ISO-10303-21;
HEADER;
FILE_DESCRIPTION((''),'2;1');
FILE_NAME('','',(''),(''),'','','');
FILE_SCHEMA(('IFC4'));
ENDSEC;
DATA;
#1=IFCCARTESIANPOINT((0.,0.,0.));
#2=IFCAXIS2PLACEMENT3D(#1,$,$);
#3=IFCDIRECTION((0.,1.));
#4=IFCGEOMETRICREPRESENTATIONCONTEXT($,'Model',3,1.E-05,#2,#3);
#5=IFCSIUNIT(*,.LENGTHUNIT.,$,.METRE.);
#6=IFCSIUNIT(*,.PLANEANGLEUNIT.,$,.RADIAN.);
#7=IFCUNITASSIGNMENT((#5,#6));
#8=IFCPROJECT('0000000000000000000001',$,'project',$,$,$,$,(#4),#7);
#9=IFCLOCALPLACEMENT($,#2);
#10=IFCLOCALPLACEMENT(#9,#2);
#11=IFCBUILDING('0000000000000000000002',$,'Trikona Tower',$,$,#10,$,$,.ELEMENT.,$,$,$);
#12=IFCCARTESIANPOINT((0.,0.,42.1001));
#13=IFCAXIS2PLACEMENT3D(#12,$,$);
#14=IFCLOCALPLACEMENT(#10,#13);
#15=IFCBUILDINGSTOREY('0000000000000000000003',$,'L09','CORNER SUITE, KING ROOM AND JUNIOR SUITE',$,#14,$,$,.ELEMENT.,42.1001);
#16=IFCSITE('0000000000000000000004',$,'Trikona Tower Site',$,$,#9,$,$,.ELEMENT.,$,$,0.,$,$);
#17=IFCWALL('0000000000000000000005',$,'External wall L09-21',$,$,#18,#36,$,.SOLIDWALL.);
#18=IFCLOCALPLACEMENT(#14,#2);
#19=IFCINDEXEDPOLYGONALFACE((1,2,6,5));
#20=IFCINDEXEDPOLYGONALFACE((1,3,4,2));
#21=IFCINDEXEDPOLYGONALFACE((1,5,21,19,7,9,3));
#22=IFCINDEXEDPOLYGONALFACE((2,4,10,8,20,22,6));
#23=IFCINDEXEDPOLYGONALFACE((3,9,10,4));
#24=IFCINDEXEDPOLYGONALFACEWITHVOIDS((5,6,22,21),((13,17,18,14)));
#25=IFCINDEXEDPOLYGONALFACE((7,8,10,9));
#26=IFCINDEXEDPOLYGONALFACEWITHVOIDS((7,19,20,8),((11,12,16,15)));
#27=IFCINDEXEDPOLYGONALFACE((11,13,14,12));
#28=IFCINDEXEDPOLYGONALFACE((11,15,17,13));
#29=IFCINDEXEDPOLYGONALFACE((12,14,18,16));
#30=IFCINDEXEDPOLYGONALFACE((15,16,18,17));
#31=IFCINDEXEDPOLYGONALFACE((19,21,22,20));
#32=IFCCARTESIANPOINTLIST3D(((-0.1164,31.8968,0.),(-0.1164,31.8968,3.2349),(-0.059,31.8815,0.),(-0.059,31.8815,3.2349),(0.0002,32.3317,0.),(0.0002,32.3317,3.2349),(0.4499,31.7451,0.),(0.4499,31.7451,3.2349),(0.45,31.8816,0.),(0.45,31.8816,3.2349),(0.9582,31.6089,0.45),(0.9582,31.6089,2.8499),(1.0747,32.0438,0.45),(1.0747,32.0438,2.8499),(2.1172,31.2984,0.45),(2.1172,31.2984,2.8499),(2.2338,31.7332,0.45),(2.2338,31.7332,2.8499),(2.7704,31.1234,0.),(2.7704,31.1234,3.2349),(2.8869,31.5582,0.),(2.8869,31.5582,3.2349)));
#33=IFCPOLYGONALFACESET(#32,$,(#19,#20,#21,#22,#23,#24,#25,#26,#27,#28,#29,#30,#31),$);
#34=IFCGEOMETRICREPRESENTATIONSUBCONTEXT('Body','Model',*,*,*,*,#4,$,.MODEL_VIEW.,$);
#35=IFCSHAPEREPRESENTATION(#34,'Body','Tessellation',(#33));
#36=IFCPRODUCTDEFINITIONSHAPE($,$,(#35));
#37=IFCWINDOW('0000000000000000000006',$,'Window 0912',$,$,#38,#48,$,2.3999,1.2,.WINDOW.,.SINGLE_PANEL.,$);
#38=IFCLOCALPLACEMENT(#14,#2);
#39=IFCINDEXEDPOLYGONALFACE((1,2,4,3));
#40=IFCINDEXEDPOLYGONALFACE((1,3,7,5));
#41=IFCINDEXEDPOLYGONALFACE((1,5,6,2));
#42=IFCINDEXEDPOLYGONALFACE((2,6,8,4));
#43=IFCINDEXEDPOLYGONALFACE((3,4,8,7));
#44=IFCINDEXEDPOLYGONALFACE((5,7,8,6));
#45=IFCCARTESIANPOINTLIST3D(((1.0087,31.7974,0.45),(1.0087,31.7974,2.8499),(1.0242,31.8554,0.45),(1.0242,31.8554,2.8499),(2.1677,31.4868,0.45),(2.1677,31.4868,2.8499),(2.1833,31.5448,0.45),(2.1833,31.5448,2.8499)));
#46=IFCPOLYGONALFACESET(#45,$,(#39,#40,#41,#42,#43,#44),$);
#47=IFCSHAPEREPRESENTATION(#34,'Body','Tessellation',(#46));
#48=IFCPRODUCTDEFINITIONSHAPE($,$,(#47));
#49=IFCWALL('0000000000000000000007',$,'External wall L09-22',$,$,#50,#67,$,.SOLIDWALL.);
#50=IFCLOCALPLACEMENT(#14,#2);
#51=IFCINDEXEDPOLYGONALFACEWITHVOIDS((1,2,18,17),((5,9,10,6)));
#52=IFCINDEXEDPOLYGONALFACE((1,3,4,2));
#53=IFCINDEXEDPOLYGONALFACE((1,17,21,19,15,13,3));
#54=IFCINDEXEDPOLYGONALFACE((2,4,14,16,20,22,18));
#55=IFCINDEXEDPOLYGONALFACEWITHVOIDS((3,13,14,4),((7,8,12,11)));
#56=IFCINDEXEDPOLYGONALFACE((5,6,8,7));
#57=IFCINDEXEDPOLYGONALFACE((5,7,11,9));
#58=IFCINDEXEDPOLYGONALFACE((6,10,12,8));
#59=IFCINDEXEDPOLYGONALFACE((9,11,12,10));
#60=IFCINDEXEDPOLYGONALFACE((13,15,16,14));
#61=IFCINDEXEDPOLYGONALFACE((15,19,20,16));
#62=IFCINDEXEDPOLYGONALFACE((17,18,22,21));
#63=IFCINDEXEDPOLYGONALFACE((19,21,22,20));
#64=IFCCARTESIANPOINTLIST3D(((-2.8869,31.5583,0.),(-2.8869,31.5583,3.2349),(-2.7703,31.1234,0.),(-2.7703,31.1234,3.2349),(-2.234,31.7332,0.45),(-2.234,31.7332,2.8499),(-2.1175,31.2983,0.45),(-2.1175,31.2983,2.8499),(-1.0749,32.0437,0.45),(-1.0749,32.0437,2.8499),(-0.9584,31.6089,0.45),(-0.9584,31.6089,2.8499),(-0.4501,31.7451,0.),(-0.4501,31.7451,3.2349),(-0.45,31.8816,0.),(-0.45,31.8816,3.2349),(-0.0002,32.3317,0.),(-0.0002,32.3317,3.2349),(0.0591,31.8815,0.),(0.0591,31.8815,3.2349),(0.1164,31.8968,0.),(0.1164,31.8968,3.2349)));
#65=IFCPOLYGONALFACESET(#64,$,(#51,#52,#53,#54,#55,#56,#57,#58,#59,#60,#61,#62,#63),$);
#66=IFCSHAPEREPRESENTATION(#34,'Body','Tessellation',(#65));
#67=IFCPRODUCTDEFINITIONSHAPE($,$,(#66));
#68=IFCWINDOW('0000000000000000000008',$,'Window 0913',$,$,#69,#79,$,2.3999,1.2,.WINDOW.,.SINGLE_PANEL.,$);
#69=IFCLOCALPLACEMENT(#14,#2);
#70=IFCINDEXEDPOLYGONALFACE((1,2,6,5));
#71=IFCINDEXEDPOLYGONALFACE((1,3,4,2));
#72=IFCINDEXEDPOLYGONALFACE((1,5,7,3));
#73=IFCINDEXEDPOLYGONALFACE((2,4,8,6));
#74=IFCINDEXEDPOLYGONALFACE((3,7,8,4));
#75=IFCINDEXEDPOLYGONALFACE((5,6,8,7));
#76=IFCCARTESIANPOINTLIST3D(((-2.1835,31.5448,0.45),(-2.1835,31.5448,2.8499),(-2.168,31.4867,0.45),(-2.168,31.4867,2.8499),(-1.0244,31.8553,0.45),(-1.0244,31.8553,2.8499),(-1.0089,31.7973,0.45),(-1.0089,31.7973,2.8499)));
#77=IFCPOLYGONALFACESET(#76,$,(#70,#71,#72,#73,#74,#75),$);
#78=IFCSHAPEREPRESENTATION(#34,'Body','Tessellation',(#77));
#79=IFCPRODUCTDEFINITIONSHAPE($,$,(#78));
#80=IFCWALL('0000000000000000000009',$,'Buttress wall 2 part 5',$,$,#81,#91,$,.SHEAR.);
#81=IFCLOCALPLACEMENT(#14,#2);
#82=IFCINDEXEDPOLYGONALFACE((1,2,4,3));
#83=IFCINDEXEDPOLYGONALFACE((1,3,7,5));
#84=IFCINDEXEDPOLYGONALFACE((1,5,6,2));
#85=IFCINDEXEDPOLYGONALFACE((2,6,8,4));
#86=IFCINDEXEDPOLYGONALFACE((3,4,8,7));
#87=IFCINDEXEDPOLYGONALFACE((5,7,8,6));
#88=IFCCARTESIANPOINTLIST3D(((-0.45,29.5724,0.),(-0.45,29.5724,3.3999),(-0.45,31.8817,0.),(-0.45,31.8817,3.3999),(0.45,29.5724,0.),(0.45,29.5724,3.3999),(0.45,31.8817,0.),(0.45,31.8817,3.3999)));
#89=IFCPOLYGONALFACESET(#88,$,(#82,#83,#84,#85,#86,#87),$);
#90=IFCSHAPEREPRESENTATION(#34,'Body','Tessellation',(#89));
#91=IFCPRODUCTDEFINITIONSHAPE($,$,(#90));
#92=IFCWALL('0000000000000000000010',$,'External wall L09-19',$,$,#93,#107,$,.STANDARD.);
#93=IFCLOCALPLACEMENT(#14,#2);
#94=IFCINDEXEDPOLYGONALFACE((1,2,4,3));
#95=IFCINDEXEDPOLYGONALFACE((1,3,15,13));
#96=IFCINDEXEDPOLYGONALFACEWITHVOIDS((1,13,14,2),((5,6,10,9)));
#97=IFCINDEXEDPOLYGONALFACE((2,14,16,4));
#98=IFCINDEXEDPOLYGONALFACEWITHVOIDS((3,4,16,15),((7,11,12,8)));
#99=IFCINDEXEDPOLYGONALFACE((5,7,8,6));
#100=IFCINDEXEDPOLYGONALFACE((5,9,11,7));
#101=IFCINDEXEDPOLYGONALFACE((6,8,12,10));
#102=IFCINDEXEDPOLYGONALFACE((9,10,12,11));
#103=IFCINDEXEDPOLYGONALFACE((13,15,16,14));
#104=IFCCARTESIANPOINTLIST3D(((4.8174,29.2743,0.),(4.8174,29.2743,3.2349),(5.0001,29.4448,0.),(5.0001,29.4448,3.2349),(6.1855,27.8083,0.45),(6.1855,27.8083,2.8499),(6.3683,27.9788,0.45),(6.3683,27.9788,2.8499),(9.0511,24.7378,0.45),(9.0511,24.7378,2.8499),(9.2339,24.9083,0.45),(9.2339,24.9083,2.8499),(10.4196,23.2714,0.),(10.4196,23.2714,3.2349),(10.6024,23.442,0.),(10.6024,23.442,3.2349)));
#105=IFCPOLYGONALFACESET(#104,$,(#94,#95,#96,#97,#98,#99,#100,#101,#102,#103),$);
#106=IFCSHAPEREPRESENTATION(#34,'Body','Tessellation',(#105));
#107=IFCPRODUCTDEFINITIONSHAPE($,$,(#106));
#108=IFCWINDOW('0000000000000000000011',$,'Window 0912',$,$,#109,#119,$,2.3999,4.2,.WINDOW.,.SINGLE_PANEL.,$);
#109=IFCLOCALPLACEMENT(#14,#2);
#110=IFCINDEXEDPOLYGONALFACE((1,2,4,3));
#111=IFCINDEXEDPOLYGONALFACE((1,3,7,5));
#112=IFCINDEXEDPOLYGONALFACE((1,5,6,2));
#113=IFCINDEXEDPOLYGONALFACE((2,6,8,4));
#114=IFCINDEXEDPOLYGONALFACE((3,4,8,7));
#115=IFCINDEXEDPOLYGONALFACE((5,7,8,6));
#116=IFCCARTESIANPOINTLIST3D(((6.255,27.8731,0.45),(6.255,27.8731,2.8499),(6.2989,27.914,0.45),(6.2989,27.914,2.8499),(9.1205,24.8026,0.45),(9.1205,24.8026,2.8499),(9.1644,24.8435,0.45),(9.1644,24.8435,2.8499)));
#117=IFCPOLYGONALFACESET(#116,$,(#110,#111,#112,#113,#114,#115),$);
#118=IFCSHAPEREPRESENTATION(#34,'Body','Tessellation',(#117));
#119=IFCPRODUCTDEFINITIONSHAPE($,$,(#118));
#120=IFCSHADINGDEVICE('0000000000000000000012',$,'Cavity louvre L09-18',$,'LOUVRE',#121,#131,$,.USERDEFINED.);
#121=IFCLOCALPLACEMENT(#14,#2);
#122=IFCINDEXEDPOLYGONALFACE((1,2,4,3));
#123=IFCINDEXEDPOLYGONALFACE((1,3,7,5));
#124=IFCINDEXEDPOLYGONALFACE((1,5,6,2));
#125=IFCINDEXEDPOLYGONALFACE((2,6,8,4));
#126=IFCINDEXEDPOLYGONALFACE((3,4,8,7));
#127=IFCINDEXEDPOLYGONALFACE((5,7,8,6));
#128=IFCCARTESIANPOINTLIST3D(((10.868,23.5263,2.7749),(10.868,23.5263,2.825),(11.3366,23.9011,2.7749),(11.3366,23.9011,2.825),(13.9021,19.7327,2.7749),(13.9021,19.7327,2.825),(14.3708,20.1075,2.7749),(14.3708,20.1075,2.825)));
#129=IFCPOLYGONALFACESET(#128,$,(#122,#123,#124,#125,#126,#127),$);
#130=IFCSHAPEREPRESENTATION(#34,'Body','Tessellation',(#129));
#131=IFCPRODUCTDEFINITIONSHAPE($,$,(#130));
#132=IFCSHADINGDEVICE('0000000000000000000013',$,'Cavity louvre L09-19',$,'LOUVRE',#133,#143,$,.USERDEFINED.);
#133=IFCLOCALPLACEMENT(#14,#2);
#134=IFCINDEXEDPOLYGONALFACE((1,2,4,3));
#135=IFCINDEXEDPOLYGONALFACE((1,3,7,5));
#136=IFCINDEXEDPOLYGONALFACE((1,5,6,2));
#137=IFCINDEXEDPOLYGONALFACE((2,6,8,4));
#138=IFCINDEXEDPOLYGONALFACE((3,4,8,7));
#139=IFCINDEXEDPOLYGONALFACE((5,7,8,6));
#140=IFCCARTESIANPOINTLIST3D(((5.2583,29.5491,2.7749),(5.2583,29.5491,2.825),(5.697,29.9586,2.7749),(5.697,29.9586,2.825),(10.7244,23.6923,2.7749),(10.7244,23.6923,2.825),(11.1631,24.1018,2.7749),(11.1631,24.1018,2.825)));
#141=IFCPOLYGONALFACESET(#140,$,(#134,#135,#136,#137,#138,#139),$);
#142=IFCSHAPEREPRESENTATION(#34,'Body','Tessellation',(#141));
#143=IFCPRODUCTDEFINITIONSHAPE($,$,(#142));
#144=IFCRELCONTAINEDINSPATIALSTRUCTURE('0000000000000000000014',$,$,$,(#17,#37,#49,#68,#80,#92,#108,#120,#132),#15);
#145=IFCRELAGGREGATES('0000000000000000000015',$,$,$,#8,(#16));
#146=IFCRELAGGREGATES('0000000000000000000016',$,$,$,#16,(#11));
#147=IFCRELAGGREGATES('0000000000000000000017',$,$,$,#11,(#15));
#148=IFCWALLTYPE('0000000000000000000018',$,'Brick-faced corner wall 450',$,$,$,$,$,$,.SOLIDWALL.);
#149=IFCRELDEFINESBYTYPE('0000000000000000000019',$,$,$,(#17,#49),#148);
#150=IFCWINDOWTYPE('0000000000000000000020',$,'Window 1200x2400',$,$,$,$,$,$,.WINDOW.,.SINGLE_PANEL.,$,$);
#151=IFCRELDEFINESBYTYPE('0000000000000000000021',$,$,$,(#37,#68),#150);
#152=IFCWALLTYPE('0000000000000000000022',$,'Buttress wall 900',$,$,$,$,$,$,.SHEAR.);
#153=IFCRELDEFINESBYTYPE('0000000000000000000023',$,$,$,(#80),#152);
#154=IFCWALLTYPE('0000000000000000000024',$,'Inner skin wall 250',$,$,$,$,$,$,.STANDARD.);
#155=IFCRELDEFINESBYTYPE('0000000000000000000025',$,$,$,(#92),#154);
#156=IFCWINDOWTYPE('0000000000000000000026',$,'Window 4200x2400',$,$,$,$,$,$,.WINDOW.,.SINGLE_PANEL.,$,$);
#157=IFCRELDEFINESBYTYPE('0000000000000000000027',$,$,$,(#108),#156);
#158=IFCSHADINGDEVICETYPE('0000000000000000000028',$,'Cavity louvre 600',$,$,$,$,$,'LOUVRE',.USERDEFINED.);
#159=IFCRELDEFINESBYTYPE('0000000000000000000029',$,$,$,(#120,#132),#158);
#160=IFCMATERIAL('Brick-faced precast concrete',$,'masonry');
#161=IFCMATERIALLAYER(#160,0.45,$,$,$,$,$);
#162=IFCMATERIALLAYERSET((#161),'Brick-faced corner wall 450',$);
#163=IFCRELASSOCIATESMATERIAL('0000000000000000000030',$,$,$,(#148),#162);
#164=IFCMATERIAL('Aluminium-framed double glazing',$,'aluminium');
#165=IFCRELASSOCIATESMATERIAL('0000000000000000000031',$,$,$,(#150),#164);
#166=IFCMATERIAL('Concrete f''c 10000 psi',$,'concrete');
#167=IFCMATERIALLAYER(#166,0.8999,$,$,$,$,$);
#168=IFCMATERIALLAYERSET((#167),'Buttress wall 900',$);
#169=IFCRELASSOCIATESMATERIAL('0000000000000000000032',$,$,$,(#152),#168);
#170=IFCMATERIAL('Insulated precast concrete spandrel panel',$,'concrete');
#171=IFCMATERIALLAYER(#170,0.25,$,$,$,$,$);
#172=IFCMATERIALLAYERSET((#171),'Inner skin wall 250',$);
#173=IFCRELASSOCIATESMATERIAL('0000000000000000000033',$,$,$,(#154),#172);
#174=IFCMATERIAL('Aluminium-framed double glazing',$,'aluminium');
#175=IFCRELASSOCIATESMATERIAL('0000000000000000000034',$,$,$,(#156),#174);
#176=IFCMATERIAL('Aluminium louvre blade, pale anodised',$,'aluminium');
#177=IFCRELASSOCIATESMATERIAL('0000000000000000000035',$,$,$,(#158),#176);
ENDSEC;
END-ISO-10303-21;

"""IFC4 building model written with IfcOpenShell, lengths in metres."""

from ifc_helpers import new_model, si_unit, direction, frame, frame_2d, origin, origin_2d, place, context, subcontext, project, spatial, polyline, rectangle, outline, extrude, material, layer, layer_set, type_object, element, fill, save


model = new_model("IFC4")

# Units and contexts
model_context = context("Model", 3, precision=1e-05, world=origin(), true_north=direction((0.0, 1.0)))
body_context = subcontext(model_context, "Body", "Model", "MODEL_VIEW")
ifc_project = project(units=[si_unit("LENGTHUNIT", "METRE"), si_unit("PLANEANGLEUNIT", "RADIAN")], contexts=[model_context])

# Site, building, storey
site_placement = place(None, origin())
site = spatial("IfcSite", under=ifc_project, at=site_placement, Name="Trikona Tower Site", CompositionType="ELEMENT", RefElevation=0.0)
building_placement = place(site_placement, origin())
building = spatial("IfcBuilding", under=site, at=building_placement, Name="Trikona Tower", CompositionType="ELEMENT")
storey_placement = place(building_placement, frame((0.0, 0.0, 42.1001)))
storey = spatial("IfcBuildingStorey", under=building, at=storey_placement, Name="L09", Description="CORNER SUITE, KING ROOM AND JUNIOR SUITE", CompositionType="ELEMENT", Elevation=42.1001)

# Walls, openings, windows
ifc_material_1 = material(Name="Brick-faced precast concrete", Category="masonry")
ifc_layer_1 = layer(ifc_material_1, 0.45)
ifc_layer_set_1 = layer_set([ifc_layer_1], Name="Brick-faced corner wall 450")
wall_type_1 = type_object("IfcWallType", Name="Brick-faced corner wall 450", PredefinedType="SOLIDWALL", material=ifc_layer_set_1)
wall_1_placement = place(storey_placement, frame((2.8286, 31.3408, 0.0), z_axis=(0.0, 0.0, 1.0), x_axis=(-0.965931, 0.258801, 0.0)))
wall_1 = element("IfcWall", 1, at=wall_1_placement, inside=storey, type_object=wall_type_1, Name="External wall L09-21", PredefinedType="SOLIDWALL", context=body_context, shape_type="SweptSolid", body=[
    extrude(outline(polyline([(2.9885, 0.2251), (2.9292, 0.2251), (2.4375, 0.0933), (2.4023, 0.2251), (0.0, 0.2251), (0.0, -0.2251), (2.9885, -0.2251), (2.9885, 0.2251)])), origin(), (0.0, 0.0, 1.0), 3.2349),
])
opening_1_placement = place(wall_1_placement, frame((0.676, 0.0, 0.45)))
opening_1 = element("IfcOpeningElement", 2, at=opening_1_placement, cuts=wall_1, PredefinedType="OPENING", context=body_context, shape_type="SweptSolid", body=[
    extrude(rectangle(XDim=1.2, YDim=2.3999, at=frame_2d((0.6001, 1.2))), frame((0.0, 0.2349, 0.0), z_axis=(0.0, -1.0, 0.0), x_axis=(1.0, 0.0, 0.0)), (0.0, 0.0, 1.0), 0.47),
])
ifc_material_2 = material(Name="Aluminium-framed double glazing", Category="aluminium")
window_type_1 = type_object("IfcWindowType", Name="Window 1200x2400", PartitioningType="SINGLE_PANEL", PredefinedType="WINDOW", material=ifc_material_2)
window_1_placement = place(opening_1_placement, origin())
window_1 = element("IfcWindow", 3, at=window_1_placement, inside=storey, type_object=window_type_1, Name="Window 0912", OverallHeight=2.3999, OverallWidth=1.2, PartitioningType="SINGLE_PANEL", PredefinedType="WINDOW", context=body_context, shape_type="SweptSolid", body=[
    extrude(rectangle(XDim=1.2, YDim=2.3999, at=frame_2d((0.6001, 1.2))), frame((0.0, 0.03, 0.0), z_axis=(0.0, -1.0, 0.0), x_axis=(1.0, 0.0, 0.0)), (0.0, 0.0, 1.0), 0.0601),
])
fill(opening_1, window_1)
wall_2_placement = place(storey_placement, frame((0.0581, 32.1143, 0.0), z_axis=(0.0, 0.0, 1.0), x_axis=(-0.965931, -0.258801, 0.0)))
wall_2 = element("IfcWall", 4, at=wall_2_placement, inside=storey, type_object=wall_type_1, Name="External wall L09-22", PredefinedType="SOLIDWALL", context=body_context, shape_type="SweptSolid", body=[
    extrude(outline(polyline([(2.9885, 0.2251), (0.5864, 0.2251), (0.551, 0.0933), (0.0593, 0.2251), (0.0, 0.2251), (0.0, -0.2251), (2.9885, -0.2251), (2.9885, 0.2251)])), origin(), (0.0, 0.0, 1.0), 3.2349),
])
opening_2_placement = place(wall_2_placement, frame((1.1125, 0.0, 0.45)))
opening_2 = element("IfcOpeningElement", 5, at=opening_2_placement, cuts=wall_2, PredefinedType="OPENING", context=body_context, shape_type="SweptSolid", body=[
    extrude(rectangle(XDim=1.2, YDim=2.3999, at=frame_2d((0.6001, 1.2))), frame((0.0, 0.2349, 0.0), z_axis=(0.0, -1.0, 0.0), x_axis=(1.0, 0.0, 0.0)), (0.0, 0.0, 1.0), 0.47),
])
window_2_placement = place(opening_2_placement, origin())
window_2 = element("IfcWindow", 6, at=window_2_placement, inside=storey, type_object=window_type_1, Name="Window 0913", OverallHeight=2.3999, OverallWidth=1.2, PartitioningType="SINGLE_PANEL", PredefinedType="WINDOW", context=body_context, shape_type="SweptSolid", body=[
    extrude(rectangle(XDim=1.2, YDim=2.3999, at=frame_2d((0.6001, 1.2))), frame((0.0, 0.03, 0.0), z_axis=(0.0, -1.0, 0.0), x_axis=(1.0, 0.0, 0.0)), (0.0, 0.0, 1.0), 0.0601),
])
fill(opening_2, window_2)

# Wall
ifc_material_3 = material(Name="Concrete f'c 10000 psi", Category="concrete")
ifc_layer_2 = layer(ifc_material_3, 0.8999)
ifc_layer_set_2 = layer_set([ifc_layer_2], Name="Buttress wall 900")
wall_type_2 = type_object("IfcWallType", Name="Buttress wall 900", PredefinedType="SHEAR", material=ifc_layer_set_2)
wall_3_placement = place(storey_placement, frame((0.0, 29.5723, 0.0), z_axis=(0.0, 0.0, 1.0), x_axis=(0.0, 1.0, 0.0)))
element("IfcWall", 7, at=wall_3_placement, inside=storey, type_object=wall_type_2, Name="Buttress wall 2 part 5", PredefinedType="SHEAR", context=body_context, shape_type="SweptSolid", body=[
    extrude(rectangle(XDim=2.3093, YDim=0.8999, at=frame_2d((1.1548, 0.0))), origin(), (0.0, 0.0, 1.0), 3.3999),
])

# Wall, opening, window
ifc_material_4 = material(Name="Insulated precast concrete spandrel panel", Category="concrete")
ifc_layer_3 = layer(ifc_material_4, 0.25)
ifc_layer_set_3 = layer_set([ifc_layer_3], Name="Inner skin wall 250")
wall_type_3 = type_object("IfcWallType", Name="Inner skin wall 250", PredefinedType="STANDARD", material=ifc_layer_set_3)
wall_4_placement = place(storey_placement, frame((10.511, 23.3567, 0.0), z_axis=(0.0, 0.0, 1.0), x_axis=(-0.68229, 0.731082, 0.0)))
wall_4 = element("IfcWall", 8, at=wall_4_placement, inside=storey, type_object=wall_type_3, Name="External wall L09-19", PredefinedType="STANDARD", context=body_context, shape_type="SweptSolid", body=[
    extrude(rectangle(XDim=8.2109, YDim=0.25, at=frame_2d((4.1055, 0.0))), origin(), (0.0, 0.0, 1.0), 3.2349),
])
opening_3_placement = place(wall_4_placement, frame((2.0056, 0.0, 0.45)))
opening_3 = element("IfcOpeningElement", 9, at=opening_3_placement, cuts=wall_4, PredefinedType="OPENING", context=body_context, shape_type="SweptSolid", body=[
    extrude(rectangle(XDim=4.2, YDim=2.3999, at=frame_2d((2.1001, 1.2))), frame((0.0, 0.135, 0.0), z_axis=(0.0, -1.0, 0.0), x_axis=(1.0, 0.0, 0.0)), (0.0, 0.0, 1.0), 0.27),
])
ifc_material_5 = material(Name="Aluminium-framed double glazing", Category="aluminium")
window_type_2 = type_object("IfcWindowType", Name="Window 4200x2400", PartitioningType="SINGLE_PANEL", PredefinedType="WINDOW", material=ifc_material_5)
window_3_placement = place(opening_3_placement, origin())
window_3 = element("IfcWindow", 10, at=window_3_placement, inside=storey, type_object=window_type_2, Name="Window 0912", OverallHeight=2.3999, OverallWidth=4.2, PartitioningType="SINGLE_PANEL", PredefinedType="WINDOW", context=body_context, shape_type="SweptSolid", body=[
    extrude(rectangle(XDim=4.2, YDim=2.3999, at=frame_2d((2.1001, 1.2))), frame((0.0, 0.03, 0.0), z_axis=(0.0, -1.0, 0.0), x_axis=(1.0, 0.0, 0.0)), (0.0, 0.0, 1.0), 0.0601),
])
fill(opening_3, window_3)

# Shading devices
ifc_material_6 = material(Name="Aluminium louvre blade, pale anodised", Category="aluminium")
shading_device_type = type_object("IfcShadingDeviceType", Name="Cavity louvre 600", ElementType="LOUVRE", PredefinedType="USERDEFINED", material=ifc_material_6)
shading_device_1_placement = place(storey_placement, frame((12.6194, 21.8169, 2.7749), z_axis=(0.0, 0.0, 1.0), x_axis=(-0.624604, 0.780942, 0.0)))
element("IfcShadingDevice", 11, at=shading_device_1_placement, inside=storey, type_object=shading_device_type, Name="Cavity louvre L09-18", ObjectType="LOUVRE", PredefinedType="USERDEFINED", context=body_context, shape_type="SweptSolid", body=[
    extrude(rectangle(XDim=4.8577, YDim=0.6001, at=origin_2d()), origin(), (0.0, 0.0, 1.0), 0.05),
])
shading_device_2_placement = place(storey_placement, frame((8.2107, 26.8254, 2.7749), z_axis=(0.0, 0.0, 1.0), x_axis=(-0.682298, 0.731074, 0.0)))
element("IfcShadingDevice", 12, at=shading_device_2_placement, inside=storey, type_object=shading_device_type, Name="Cavity louvre L09-19", ObjectType="LOUVRE", PredefinedType="USERDEFINED", context=body_context, shape_type="SweptSolid", body=[
    extrude(rectangle(XDim=8.0112, YDim=0.6001, at=origin_2d()), origin(), (0.0, 0.0, 1.0), 0.05),
])

save(model, "model.ifc")
